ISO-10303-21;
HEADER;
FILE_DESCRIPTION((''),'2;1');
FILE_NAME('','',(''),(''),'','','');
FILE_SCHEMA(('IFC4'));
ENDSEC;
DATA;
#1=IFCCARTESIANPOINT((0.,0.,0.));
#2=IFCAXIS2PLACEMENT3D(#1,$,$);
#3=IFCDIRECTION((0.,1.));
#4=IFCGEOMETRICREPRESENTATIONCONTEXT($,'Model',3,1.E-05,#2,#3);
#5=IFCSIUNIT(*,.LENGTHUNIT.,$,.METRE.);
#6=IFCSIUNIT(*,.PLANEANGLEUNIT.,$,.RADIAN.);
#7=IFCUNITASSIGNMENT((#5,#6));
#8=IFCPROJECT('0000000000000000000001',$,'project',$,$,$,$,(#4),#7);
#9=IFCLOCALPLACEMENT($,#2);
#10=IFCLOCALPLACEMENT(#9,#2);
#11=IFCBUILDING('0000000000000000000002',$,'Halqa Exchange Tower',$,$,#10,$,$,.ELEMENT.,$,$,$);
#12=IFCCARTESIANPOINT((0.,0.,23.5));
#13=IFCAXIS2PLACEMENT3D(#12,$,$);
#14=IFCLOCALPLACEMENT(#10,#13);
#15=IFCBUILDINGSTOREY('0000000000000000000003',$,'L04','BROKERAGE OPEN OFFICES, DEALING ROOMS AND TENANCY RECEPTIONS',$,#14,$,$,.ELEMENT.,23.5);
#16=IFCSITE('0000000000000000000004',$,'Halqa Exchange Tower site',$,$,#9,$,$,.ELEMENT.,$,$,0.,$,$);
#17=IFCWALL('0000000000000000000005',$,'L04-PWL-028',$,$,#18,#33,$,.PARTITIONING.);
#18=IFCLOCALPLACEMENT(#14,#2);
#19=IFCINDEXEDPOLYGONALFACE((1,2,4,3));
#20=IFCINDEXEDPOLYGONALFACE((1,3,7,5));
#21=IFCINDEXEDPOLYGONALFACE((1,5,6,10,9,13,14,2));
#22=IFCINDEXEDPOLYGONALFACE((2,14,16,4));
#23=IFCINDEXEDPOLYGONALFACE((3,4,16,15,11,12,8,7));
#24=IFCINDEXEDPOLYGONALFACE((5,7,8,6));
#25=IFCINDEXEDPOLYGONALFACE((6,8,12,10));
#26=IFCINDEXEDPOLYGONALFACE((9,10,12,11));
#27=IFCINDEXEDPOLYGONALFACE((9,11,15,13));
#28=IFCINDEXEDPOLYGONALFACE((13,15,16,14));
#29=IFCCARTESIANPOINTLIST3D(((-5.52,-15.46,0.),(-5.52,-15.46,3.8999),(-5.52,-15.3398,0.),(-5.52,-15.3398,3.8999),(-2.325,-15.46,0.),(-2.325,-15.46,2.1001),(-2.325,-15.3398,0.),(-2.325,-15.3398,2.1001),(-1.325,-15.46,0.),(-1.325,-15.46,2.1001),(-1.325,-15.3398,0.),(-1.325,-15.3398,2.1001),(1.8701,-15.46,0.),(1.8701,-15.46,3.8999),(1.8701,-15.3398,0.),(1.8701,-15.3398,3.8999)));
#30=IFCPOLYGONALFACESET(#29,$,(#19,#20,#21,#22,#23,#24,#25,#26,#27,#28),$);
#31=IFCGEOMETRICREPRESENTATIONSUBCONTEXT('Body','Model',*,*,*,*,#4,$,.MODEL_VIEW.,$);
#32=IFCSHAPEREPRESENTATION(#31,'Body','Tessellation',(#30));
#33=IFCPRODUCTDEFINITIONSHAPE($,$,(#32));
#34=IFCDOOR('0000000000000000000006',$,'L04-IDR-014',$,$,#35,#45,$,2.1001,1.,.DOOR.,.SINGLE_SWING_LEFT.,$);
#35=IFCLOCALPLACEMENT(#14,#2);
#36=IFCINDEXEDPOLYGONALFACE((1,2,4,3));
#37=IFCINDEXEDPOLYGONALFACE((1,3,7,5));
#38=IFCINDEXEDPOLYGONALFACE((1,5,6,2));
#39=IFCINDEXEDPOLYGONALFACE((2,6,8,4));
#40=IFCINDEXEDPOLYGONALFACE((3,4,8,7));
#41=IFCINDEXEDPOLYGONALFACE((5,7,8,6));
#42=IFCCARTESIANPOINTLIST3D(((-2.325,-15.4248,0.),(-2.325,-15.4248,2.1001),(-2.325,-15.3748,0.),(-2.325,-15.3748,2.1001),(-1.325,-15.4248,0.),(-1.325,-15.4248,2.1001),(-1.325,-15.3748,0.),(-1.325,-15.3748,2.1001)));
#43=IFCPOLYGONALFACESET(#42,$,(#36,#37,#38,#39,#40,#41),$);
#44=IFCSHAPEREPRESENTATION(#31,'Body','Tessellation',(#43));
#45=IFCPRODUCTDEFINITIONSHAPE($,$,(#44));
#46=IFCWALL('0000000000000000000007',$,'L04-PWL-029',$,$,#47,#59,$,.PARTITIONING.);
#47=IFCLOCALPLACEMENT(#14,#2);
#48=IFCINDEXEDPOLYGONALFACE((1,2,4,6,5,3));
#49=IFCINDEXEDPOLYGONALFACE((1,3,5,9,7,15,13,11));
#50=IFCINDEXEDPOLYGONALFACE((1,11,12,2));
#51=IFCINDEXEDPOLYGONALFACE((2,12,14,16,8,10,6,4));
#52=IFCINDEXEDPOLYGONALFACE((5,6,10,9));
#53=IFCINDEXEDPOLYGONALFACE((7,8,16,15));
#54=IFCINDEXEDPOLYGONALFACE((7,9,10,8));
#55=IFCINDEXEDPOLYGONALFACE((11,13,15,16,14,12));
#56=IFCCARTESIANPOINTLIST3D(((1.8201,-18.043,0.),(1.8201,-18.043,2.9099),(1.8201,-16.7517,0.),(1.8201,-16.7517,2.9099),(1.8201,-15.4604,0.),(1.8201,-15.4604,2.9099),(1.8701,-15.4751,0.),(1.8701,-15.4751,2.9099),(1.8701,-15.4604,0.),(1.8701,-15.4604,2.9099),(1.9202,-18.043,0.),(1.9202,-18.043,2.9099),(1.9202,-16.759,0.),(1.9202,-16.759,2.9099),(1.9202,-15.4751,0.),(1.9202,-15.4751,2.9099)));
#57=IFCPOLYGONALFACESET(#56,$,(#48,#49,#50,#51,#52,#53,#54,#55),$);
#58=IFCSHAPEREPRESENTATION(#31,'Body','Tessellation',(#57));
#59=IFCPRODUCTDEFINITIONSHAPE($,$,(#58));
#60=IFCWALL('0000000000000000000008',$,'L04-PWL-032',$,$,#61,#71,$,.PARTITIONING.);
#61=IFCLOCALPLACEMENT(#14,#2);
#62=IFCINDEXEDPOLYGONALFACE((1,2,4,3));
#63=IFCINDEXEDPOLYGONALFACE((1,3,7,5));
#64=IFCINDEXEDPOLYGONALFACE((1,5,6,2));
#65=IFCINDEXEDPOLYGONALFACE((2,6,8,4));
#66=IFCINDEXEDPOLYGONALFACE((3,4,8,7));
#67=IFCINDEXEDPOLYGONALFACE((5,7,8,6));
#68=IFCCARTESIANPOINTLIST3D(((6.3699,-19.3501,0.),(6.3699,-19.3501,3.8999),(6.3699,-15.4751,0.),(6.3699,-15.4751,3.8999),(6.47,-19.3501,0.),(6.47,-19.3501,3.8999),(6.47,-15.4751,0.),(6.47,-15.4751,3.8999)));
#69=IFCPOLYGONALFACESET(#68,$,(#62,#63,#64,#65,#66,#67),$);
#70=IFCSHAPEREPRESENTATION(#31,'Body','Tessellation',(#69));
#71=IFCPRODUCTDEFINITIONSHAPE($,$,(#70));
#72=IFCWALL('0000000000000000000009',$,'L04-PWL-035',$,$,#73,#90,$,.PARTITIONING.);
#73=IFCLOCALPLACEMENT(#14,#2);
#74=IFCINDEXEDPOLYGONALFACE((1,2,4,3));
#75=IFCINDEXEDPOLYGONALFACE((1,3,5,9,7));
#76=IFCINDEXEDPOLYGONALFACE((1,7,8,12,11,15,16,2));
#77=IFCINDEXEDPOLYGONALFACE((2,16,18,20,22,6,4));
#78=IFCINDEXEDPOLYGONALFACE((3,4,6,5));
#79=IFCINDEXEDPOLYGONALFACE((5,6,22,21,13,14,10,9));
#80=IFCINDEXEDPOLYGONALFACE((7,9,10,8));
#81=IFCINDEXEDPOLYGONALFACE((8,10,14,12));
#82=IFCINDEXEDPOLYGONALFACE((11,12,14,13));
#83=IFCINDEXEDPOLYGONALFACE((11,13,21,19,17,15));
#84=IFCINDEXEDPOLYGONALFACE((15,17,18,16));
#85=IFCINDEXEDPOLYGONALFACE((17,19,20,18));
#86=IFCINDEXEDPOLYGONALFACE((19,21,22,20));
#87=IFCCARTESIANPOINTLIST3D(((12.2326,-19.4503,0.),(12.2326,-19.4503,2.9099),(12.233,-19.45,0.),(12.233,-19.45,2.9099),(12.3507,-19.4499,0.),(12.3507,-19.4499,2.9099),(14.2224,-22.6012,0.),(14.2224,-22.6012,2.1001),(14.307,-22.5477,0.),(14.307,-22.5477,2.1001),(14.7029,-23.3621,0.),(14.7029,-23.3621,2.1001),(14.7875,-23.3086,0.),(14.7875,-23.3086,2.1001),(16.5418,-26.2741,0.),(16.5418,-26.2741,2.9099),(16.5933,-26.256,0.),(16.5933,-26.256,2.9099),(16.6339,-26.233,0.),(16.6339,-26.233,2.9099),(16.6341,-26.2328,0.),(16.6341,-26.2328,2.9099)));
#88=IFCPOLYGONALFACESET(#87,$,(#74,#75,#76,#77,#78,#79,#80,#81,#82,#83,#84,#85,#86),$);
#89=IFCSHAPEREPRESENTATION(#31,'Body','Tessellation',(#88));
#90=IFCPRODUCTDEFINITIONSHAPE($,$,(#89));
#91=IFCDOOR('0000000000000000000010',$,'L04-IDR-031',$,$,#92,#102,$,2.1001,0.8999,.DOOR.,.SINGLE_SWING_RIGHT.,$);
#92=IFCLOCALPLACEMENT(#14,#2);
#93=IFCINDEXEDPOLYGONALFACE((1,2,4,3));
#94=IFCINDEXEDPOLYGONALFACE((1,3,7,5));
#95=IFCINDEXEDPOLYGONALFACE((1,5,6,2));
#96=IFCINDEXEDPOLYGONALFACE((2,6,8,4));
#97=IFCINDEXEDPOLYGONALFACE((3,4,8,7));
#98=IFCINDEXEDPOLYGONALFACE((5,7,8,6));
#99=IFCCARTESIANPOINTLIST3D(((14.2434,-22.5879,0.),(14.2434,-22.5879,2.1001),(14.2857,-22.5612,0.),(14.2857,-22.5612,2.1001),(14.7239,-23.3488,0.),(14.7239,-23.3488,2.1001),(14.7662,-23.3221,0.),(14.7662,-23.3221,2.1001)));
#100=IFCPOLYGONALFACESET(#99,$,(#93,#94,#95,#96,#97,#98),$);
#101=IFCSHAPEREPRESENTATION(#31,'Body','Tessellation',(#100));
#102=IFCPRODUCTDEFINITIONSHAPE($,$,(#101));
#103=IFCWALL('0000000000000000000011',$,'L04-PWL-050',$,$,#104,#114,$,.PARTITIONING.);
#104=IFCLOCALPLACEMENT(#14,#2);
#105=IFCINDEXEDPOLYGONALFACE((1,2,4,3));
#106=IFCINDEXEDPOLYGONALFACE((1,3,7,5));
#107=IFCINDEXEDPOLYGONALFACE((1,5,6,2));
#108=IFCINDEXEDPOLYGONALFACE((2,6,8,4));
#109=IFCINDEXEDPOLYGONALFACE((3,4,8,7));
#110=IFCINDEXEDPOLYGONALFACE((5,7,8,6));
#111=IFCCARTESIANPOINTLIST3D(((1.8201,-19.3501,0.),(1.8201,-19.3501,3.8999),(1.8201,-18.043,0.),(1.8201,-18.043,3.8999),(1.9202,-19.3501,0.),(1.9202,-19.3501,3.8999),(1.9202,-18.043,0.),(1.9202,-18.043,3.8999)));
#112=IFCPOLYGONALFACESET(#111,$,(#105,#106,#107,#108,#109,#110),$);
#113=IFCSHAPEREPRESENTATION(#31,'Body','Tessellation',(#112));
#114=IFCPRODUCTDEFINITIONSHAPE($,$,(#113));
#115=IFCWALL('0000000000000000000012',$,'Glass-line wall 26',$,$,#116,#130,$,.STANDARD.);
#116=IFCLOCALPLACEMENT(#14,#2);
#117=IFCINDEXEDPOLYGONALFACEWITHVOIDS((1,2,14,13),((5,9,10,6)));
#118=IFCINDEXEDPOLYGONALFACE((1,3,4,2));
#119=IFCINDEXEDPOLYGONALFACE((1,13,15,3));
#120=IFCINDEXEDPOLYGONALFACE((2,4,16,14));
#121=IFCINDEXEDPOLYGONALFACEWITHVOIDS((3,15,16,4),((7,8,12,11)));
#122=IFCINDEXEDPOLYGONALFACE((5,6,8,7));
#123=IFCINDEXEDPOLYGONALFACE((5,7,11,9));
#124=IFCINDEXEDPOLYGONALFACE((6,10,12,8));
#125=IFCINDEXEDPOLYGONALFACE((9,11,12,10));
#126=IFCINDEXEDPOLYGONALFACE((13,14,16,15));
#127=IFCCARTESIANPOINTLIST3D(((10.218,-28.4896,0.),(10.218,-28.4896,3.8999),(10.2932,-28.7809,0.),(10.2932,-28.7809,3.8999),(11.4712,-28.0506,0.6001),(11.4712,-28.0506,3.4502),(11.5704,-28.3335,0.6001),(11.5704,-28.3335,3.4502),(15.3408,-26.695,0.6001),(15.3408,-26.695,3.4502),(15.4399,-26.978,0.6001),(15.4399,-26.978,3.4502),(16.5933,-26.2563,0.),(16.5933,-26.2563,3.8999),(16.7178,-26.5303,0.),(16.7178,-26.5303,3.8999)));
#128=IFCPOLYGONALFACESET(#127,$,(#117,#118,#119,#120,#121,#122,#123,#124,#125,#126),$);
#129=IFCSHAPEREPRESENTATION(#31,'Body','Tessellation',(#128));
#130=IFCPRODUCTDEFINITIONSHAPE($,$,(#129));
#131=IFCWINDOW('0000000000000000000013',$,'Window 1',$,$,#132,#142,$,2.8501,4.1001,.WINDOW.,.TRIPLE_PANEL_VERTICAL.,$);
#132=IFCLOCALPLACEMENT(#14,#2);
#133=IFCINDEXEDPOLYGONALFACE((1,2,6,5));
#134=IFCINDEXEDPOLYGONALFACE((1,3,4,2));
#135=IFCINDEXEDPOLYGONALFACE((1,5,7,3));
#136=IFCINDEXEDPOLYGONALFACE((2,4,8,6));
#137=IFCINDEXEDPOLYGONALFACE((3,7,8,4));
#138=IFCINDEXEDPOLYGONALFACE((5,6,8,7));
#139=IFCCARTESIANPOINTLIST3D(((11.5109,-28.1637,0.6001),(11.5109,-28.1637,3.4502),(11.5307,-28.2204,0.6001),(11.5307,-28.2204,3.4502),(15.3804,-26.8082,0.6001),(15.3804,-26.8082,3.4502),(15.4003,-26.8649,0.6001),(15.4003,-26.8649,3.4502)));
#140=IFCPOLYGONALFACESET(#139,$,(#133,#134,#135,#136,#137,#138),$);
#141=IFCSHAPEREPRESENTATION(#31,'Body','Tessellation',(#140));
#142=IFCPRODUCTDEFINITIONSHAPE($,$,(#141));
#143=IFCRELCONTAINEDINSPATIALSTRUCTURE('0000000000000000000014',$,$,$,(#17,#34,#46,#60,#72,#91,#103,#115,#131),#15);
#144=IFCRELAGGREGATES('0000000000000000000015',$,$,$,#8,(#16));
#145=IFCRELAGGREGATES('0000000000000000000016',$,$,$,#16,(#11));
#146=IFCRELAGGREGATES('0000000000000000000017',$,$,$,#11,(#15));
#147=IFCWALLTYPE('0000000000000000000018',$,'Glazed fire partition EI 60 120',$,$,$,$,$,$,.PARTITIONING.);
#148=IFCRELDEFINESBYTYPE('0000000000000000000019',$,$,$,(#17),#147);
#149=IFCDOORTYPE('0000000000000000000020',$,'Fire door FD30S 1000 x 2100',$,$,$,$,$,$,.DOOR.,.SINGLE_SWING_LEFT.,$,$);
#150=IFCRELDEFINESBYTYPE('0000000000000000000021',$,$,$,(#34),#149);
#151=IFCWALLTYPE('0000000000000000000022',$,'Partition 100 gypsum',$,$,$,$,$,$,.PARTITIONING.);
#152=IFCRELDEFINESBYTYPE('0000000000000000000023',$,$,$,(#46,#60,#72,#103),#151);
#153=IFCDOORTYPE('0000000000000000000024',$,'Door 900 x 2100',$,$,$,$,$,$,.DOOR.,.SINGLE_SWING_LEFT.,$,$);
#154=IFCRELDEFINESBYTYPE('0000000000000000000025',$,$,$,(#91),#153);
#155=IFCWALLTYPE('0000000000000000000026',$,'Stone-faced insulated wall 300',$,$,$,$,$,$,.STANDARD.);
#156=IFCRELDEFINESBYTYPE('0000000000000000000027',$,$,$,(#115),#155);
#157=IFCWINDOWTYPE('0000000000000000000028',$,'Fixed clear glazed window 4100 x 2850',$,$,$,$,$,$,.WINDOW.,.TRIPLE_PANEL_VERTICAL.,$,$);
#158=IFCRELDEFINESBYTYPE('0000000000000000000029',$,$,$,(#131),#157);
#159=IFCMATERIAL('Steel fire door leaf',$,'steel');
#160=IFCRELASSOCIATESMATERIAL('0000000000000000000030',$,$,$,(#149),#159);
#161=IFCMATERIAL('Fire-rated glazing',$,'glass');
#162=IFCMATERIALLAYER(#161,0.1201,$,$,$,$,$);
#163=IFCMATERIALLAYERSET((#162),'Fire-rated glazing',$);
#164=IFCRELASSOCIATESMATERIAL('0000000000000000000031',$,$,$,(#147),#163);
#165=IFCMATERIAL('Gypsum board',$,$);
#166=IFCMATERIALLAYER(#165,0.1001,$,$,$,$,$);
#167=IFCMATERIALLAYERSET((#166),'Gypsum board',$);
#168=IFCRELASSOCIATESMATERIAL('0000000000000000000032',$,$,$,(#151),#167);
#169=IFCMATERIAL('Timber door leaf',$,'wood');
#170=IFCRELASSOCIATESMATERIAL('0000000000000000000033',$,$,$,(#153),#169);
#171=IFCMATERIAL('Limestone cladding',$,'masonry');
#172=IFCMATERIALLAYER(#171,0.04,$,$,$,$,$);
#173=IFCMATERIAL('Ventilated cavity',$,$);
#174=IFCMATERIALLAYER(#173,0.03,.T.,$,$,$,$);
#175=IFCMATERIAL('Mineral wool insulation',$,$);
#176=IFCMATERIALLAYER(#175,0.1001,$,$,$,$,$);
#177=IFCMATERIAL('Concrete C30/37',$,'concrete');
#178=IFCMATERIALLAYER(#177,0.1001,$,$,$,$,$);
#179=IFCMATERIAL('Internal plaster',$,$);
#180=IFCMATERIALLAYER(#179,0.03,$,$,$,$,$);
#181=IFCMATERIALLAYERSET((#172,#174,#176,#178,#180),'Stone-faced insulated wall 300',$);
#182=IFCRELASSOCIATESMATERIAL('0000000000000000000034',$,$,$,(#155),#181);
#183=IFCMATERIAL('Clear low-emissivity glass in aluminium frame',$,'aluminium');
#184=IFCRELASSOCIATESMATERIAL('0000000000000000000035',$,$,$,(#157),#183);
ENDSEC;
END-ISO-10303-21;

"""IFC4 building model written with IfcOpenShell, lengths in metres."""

from ifc_helpers import new_model, si_unit, direction, frame, frame_2d, origin, place, context, subcontext, project, spatial, polyline, rectangle, outline, extrude, material, layer, layer_set, type_object, element, fill, save


model = new_model("IFC4")

# Units and contexts
model_context = context("Model", 3, precision=1e-05, world=origin(), true_north=direction((0.0, 1.0)))
body_context = subcontext(model_context, "Body", "Model", "MODEL_VIEW")
ifc_project = project(units=[si_unit("LENGTHUNIT", "METRE"), si_unit("PLANEANGLEUNIT", "RADIAN")], contexts=[model_context])

# Site, building, storey
site_placement = place(None, origin())
site = spatial("IfcSite", under=ifc_project, at=site_placement, Name="Halqa Exchange Tower site", CompositionType="ELEMENT", RefElevation=0.0)
building_placement = place(site_placement, origin())
building = spatial("IfcBuilding", under=site, at=building_placement, Name="Halqa Exchange Tower", CompositionType="ELEMENT")
storey_placement = place(building_placement, frame((0.0, 0.0, 23.5)))
storey = spatial("IfcBuildingStorey", under=building, at=storey_placement, Name="L04", Description="BROKERAGE OPEN OFFICES, DEALING ROOMS AND TENANCY RECEPTIONS", CompositionType="ELEMENT", Elevation=23.5)

# Shared definitions
ifc_material_1 = material(Name="Steel fire door leaf", Category="steel")
door_type_1 = type_object("IfcDoorType", Name="Fire door FD30S 1000 x 2100", OperationType="SINGLE_SWING_LEFT", PredefinedType="DOOR", material=ifc_material_1)

# Wall, opening, door
ifc_material_2 = material(Name="Fire-rated glazing", Category="glass")
ifc_layer_1 = layer(ifc_material_2, 0.1201)
ifc_layer_set_1 = layer_set([ifc_layer_1], Name="Fire-rated glazing")
wall_type_1 = type_object("IfcWallType", Name="Glazed fire partition EI 60 120", PredefinedType="PARTITIONING", material=ifc_layer_set_1)
wall_1_placement = place(storey_placement, frame((1.8701, -15.3999, 0.0), z_axis=(0.0, 0.0, 1.0), x_axis=(-1.0, 0.0, 0.0)))
wall_1 = element("IfcWall", 1, at=wall_1_placement, inside=storey, type_object=wall_type_1, Name="L04-PWL-028", PredefinedType="PARTITIONING", context=body_context, shape_type="SweptSolid", body=[
    extrude(rectangle(XDim=7.3901, YDim=0.1201, at=frame_2d((3.6951, 0.0))), origin(), (0.0, 0.0, 1.0), 3.8999),
])
opening_1_placement = place(wall_1_placement, frame((3.1951, 0.0, 0.0)))
opening_1 = element("IfcOpeningElement", 2, at=opening_1_placement, cuts=wall_1, PredefinedType="OPENING", context=body_context, shape_type="SweptSolid", body=[
    extrude(rectangle(XDim=1.0, YDim=2.1001, at=frame_2d((0.5, 1.05))), frame((0.0, 0.072, 0.0), z_axis=(0.0, -1.0, 0.0), x_axis=(1.0, 0.0, 0.0)), (0.0, 0.0, 1.0), 0.144),
])
door_1_placement = place(opening_1_placement, origin())
door_1 = element("IfcDoor", 3, at=door_1_placement, inside=storey, type_object=door_type_1, Name="L04-IDR-014", OperationType="SINGLE_SWING_LEFT", OverallHeight=2.1001, OverallWidth=1.0, PredefinedType="DOOR", context=body_context, shape_type="SweptSolid", body=[
    extrude(rectangle(XDim=1.0, YDim=2.1001, at=frame_2d((0.5, 1.05))), frame((0.0, 0.0249, 0.0), z_axis=(0.0, -1.0, 0.0), x_axis=(1.0, 0.0, 0.0)), (0.0, 0.0, 1.0), 0.05),
])
fill(opening_1, door_1)

# Walls
ifc_material_3 = material(Name="Gypsum board")
ifc_layer_2 = layer(ifc_material_3, 0.1001)
ifc_layer_set_2 = layer_set([ifc_layer_2], Name="Gypsum board")
wall_type_2 = type_object("IfcWallType", Name="Partition 100 gypsum", PredefinedType="PARTITIONING", material=ifc_layer_set_2)
wall_2_placement = place(storey_placement, frame((1.8701, -15.4604, 0.0), z_axis=(0.0, 0.0, 1.0), x_axis=(0.0, -1.0, 0.0)))
element("IfcWall", 4, at=wall_2_placement, inside=storey, type_object=wall_type_2, Name="L04-PWL-029", PredefinedType="PARTITIONING", context=body_context, shape_type="SweptSolid", body=[
    extrude(outline(polyline([(2.5825, 0.05), (1.2986, 0.05), (0.0146, 0.05), (0.0146, 0.0), (0.0, 0.0), (0.0, -0.05), (1.2913, -0.05), (2.5825, -0.05), (2.5825, 0.05)])), origin(), (0.0, 0.0, 1.0), 2.9099),
])
wall_3_placement = place(storey_placement, frame((6.4199, -15.4751, 0.0), z_axis=(0.0, 0.0, 1.0), x_axis=(0.0, -1.0, 0.0)))
element("IfcWall", 5, at=wall_3_placement, inside=storey, type_object=wall_type_2, Name="L04-PWL-032", PredefinedType="PARTITIONING", context=body_context, shape_type="SweptSolid", body=[
    extrude(rectangle(XDim=3.875, YDim=0.1001, at=frame_2d((1.9375, 0.0))), origin(), (0.0, 0.0, 1.0), 3.8999),
])

# Wall, opening, door
ifc_material_4 = material(Name="Timber door leaf", Category="wood")
door_type_2 = type_object("IfcDoorType", Name="Door 900 x 2100", OperationType="SINGLE_SWING_LEFT", PredefinedType="DOOR", material=ifc_material_4)
wall_4_placement = place(storey_placement, frame((12.2749, -19.4236, 0.0), z_axis=(0.0, 0.0, 1.0), x_axis=(0.533945, -0.845519, 0.0)))
wall_4 = element("IfcWall", 6, at=wall_4_placement, inside=storey, type_object=wall_type_2, Name="L04-PWL-035", PredefinedType="PARTITIONING", context=body_context, shape_type="SweptSolid", body=[
    extrude(outline(polyline([(0.0, -0.05), (1.614, -0.05), (3.2283, -0.05), (4.8423, -0.05), (6.4563, -0.05), (8.0706, -0.05), (8.0828, 0.0032), (8.085, 0.0498), (8.085, 0.05), (6.4805, 0.05), (4.8762, 0.05), (3.2717, 0.05), (1.6672, 0.05), (0.0627, 0.05), (0.0, -0.0496), (0.0, -0.05)])), origin(), (0.0, 0.0, 1.0), 2.9099),
])
opening_2_placement = place(wall_4_placement, frame((3.7266, 0.0, 0.0)))
opening_2 = element("IfcOpeningElement", 7, at=opening_2_placement, cuts=wall_4, PredefinedType="OPENING", context=body_context, shape_type="SweptSolid", body=[
    extrude(rectangle(XDim=0.8999, YDim=2.1001, at=frame_2d((0.45, 1.05))), frame((0.0, 0.062, 0.0), z_axis=(0.0, -1.0, 0.0), x_axis=(1.0, 0.0, 0.0)), (0.0, 0.0, 1.0), 0.124),
])
door_2_placement = place(opening_2_placement, origin())
door_2 = element("IfcDoor", 8, at=door_2_placement, inside=storey, type_object=door_type_2, Name="L04-IDR-031", OperationType="SINGLE_SWING_RIGHT", OverallHeight=2.1001, OverallWidth=0.8999, PredefinedType="DOOR", context=body_context, shape_type="SweptSolid", body=[
    extrude(rectangle(XDim=0.8999, YDim=2.1001, at=frame_2d((0.45, 1.05))), frame((0.0, 0.0249, 0.0), z_axis=(0.0, -1.0, 0.0), x_axis=(1.0, 0.0, 0.0)), (0.0, 0.0, 1.0), 0.05),
])
fill(opening_2, door_2)

# Wall
wall_5_placement = place(storey_placement, frame((1.8701, -18.043, 0.0), z_axis=(0.0, 0.0, 1.0), x_axis=(0.0, -1.0, 0.0)))
element("IfcWall", 9, at=wall_5_placement, inside=storey, type_object=wall_type_2, Name="L04-PWL-050", PredefinedType="PARTITIONING", context=body_context, shape_type="SweptSolid", body=[
    extrude(outline(polyline([(0.0, -0.05), (1.3071, -0.05), (1.3071, 0.05), (0.0, 0.05), (0.0, -0.05)])), origin(), (0.0, 0.0, 1.0), 3.8999),
])

# Wall, opening, window
ifc_material_5 = material(Name="Limestone cladding", Category="masonry")
ifc_layer_3 = layer(ifc_material_5, 0.04)
ifc_material_6 = material(Name="Ventilated cavity")
ifc_layer_4 = layer(ifc_material_6, 0.03, ventilated=True)
ifc_material_7 = material(Name="Mineral wool insulation")
ifc_layer_5 = layer(ifc_material_7, 0.1001)
ifc_material_8 = material(Name="Concrete C30/37", Category="concrete")
ifc_layer_6 = layer(ifc_material_8, 0.1001)
ifc_material_9 = material(Name="Internal plaster")
ifc_layer_7 = layer(ifc_material_9, 0.03)
ifc_layer_set_3 = layer_set([ifc_layer_3, ifc_layer_4, ifc_layer_5, ifc_layer_6, ifc_layer_7], Name="Stone-faced insulated wall 300")
wall_type_3 = type_object("IfcWallType", Name="Stone-faced insulated wall 300", PredefinedType="STANDARD", material=ifc_layer_set_3)
wall_6_placement = place(storey_placement, frame((10.2556, -28.6353, 0.0), z_axis=(0.0, 0.0, 1.0), x_axis=(0.943767, 0.33061, 0.0)))
wall_6 = element("IfcWall", 10, at=wall_6_placement, inside=storey, type_object=wall_type_3, Name="Glass-line wall 26", PredefinedType="STANDARD", context=body_context, shape_type="SweptSolid", body=[
    extrude(outline(polyline([(-0.0127, -0.1499), (6.7947, -0.1499), (6.7678, 0.1499), (0.0127, 0.1499), (-0.0127, -0.1499)])), origin(), (0.0, 0.0, 1.0), 3.8999),
])
opening_3_placement = place(wall_6_placement, frame((1.3406, 0.0, 0.6001)))
opening_3 = element("IfcOpeningElement", 11, at=opening_3_placement, cuts=wall_6, PredefinedType="OPENING", context=body_context, shape_type="SweptSolid", body=[
    extrude(rectangle(XDim=4.1001, YDim=2.8501, at=frame_2d((2.05, 1.425))), frame((0.0, 0.1621, 0.0), z_axis=(0.0, -1.0, 0.0), x_axis=(1.0, 0.0, 0.0)), (0.0, 0.0, 1.0), 0.324),
])
ifc_material_10 = material(Name="Clear low-emissivity glass in aluminium frame", Category="aluminium")
window_type = type_object("IfcWindowType", Name="Fixed clear glazed window 4100 x 2850", PartitioningType="TRIPLE_PANEL_VERTICAL", PredefinedType="WINDOW", material=ifc_material_10)
window_placement = place(opening_3_placement, origin())
window = element("IfcWindow", 12, at=window_placement, inside=storey, type_object=window_type, Name="Window 1", OverallHeight=2.8501, OverallWidth=4.1001, PartitioningType="TRIPLE_PANEL_VERTICAL", PredefinedType="WINDOW", context=body_context, shape_type="SweptSolid", body=[
    extrude(rectangle(XDim=4.1001, YDim=2.8501, at=frame_2d((2.05, 1.425))), frame((0.0, 0.03, 0.0), z_axis=(0.0, -1.0, 0.0), x_axis=(1.0, 0.0, 0.0)), (0.0, 0.0, 1.0), 0.0601),
])
fill(opening_3, window)

save(model, "model.ifc")
